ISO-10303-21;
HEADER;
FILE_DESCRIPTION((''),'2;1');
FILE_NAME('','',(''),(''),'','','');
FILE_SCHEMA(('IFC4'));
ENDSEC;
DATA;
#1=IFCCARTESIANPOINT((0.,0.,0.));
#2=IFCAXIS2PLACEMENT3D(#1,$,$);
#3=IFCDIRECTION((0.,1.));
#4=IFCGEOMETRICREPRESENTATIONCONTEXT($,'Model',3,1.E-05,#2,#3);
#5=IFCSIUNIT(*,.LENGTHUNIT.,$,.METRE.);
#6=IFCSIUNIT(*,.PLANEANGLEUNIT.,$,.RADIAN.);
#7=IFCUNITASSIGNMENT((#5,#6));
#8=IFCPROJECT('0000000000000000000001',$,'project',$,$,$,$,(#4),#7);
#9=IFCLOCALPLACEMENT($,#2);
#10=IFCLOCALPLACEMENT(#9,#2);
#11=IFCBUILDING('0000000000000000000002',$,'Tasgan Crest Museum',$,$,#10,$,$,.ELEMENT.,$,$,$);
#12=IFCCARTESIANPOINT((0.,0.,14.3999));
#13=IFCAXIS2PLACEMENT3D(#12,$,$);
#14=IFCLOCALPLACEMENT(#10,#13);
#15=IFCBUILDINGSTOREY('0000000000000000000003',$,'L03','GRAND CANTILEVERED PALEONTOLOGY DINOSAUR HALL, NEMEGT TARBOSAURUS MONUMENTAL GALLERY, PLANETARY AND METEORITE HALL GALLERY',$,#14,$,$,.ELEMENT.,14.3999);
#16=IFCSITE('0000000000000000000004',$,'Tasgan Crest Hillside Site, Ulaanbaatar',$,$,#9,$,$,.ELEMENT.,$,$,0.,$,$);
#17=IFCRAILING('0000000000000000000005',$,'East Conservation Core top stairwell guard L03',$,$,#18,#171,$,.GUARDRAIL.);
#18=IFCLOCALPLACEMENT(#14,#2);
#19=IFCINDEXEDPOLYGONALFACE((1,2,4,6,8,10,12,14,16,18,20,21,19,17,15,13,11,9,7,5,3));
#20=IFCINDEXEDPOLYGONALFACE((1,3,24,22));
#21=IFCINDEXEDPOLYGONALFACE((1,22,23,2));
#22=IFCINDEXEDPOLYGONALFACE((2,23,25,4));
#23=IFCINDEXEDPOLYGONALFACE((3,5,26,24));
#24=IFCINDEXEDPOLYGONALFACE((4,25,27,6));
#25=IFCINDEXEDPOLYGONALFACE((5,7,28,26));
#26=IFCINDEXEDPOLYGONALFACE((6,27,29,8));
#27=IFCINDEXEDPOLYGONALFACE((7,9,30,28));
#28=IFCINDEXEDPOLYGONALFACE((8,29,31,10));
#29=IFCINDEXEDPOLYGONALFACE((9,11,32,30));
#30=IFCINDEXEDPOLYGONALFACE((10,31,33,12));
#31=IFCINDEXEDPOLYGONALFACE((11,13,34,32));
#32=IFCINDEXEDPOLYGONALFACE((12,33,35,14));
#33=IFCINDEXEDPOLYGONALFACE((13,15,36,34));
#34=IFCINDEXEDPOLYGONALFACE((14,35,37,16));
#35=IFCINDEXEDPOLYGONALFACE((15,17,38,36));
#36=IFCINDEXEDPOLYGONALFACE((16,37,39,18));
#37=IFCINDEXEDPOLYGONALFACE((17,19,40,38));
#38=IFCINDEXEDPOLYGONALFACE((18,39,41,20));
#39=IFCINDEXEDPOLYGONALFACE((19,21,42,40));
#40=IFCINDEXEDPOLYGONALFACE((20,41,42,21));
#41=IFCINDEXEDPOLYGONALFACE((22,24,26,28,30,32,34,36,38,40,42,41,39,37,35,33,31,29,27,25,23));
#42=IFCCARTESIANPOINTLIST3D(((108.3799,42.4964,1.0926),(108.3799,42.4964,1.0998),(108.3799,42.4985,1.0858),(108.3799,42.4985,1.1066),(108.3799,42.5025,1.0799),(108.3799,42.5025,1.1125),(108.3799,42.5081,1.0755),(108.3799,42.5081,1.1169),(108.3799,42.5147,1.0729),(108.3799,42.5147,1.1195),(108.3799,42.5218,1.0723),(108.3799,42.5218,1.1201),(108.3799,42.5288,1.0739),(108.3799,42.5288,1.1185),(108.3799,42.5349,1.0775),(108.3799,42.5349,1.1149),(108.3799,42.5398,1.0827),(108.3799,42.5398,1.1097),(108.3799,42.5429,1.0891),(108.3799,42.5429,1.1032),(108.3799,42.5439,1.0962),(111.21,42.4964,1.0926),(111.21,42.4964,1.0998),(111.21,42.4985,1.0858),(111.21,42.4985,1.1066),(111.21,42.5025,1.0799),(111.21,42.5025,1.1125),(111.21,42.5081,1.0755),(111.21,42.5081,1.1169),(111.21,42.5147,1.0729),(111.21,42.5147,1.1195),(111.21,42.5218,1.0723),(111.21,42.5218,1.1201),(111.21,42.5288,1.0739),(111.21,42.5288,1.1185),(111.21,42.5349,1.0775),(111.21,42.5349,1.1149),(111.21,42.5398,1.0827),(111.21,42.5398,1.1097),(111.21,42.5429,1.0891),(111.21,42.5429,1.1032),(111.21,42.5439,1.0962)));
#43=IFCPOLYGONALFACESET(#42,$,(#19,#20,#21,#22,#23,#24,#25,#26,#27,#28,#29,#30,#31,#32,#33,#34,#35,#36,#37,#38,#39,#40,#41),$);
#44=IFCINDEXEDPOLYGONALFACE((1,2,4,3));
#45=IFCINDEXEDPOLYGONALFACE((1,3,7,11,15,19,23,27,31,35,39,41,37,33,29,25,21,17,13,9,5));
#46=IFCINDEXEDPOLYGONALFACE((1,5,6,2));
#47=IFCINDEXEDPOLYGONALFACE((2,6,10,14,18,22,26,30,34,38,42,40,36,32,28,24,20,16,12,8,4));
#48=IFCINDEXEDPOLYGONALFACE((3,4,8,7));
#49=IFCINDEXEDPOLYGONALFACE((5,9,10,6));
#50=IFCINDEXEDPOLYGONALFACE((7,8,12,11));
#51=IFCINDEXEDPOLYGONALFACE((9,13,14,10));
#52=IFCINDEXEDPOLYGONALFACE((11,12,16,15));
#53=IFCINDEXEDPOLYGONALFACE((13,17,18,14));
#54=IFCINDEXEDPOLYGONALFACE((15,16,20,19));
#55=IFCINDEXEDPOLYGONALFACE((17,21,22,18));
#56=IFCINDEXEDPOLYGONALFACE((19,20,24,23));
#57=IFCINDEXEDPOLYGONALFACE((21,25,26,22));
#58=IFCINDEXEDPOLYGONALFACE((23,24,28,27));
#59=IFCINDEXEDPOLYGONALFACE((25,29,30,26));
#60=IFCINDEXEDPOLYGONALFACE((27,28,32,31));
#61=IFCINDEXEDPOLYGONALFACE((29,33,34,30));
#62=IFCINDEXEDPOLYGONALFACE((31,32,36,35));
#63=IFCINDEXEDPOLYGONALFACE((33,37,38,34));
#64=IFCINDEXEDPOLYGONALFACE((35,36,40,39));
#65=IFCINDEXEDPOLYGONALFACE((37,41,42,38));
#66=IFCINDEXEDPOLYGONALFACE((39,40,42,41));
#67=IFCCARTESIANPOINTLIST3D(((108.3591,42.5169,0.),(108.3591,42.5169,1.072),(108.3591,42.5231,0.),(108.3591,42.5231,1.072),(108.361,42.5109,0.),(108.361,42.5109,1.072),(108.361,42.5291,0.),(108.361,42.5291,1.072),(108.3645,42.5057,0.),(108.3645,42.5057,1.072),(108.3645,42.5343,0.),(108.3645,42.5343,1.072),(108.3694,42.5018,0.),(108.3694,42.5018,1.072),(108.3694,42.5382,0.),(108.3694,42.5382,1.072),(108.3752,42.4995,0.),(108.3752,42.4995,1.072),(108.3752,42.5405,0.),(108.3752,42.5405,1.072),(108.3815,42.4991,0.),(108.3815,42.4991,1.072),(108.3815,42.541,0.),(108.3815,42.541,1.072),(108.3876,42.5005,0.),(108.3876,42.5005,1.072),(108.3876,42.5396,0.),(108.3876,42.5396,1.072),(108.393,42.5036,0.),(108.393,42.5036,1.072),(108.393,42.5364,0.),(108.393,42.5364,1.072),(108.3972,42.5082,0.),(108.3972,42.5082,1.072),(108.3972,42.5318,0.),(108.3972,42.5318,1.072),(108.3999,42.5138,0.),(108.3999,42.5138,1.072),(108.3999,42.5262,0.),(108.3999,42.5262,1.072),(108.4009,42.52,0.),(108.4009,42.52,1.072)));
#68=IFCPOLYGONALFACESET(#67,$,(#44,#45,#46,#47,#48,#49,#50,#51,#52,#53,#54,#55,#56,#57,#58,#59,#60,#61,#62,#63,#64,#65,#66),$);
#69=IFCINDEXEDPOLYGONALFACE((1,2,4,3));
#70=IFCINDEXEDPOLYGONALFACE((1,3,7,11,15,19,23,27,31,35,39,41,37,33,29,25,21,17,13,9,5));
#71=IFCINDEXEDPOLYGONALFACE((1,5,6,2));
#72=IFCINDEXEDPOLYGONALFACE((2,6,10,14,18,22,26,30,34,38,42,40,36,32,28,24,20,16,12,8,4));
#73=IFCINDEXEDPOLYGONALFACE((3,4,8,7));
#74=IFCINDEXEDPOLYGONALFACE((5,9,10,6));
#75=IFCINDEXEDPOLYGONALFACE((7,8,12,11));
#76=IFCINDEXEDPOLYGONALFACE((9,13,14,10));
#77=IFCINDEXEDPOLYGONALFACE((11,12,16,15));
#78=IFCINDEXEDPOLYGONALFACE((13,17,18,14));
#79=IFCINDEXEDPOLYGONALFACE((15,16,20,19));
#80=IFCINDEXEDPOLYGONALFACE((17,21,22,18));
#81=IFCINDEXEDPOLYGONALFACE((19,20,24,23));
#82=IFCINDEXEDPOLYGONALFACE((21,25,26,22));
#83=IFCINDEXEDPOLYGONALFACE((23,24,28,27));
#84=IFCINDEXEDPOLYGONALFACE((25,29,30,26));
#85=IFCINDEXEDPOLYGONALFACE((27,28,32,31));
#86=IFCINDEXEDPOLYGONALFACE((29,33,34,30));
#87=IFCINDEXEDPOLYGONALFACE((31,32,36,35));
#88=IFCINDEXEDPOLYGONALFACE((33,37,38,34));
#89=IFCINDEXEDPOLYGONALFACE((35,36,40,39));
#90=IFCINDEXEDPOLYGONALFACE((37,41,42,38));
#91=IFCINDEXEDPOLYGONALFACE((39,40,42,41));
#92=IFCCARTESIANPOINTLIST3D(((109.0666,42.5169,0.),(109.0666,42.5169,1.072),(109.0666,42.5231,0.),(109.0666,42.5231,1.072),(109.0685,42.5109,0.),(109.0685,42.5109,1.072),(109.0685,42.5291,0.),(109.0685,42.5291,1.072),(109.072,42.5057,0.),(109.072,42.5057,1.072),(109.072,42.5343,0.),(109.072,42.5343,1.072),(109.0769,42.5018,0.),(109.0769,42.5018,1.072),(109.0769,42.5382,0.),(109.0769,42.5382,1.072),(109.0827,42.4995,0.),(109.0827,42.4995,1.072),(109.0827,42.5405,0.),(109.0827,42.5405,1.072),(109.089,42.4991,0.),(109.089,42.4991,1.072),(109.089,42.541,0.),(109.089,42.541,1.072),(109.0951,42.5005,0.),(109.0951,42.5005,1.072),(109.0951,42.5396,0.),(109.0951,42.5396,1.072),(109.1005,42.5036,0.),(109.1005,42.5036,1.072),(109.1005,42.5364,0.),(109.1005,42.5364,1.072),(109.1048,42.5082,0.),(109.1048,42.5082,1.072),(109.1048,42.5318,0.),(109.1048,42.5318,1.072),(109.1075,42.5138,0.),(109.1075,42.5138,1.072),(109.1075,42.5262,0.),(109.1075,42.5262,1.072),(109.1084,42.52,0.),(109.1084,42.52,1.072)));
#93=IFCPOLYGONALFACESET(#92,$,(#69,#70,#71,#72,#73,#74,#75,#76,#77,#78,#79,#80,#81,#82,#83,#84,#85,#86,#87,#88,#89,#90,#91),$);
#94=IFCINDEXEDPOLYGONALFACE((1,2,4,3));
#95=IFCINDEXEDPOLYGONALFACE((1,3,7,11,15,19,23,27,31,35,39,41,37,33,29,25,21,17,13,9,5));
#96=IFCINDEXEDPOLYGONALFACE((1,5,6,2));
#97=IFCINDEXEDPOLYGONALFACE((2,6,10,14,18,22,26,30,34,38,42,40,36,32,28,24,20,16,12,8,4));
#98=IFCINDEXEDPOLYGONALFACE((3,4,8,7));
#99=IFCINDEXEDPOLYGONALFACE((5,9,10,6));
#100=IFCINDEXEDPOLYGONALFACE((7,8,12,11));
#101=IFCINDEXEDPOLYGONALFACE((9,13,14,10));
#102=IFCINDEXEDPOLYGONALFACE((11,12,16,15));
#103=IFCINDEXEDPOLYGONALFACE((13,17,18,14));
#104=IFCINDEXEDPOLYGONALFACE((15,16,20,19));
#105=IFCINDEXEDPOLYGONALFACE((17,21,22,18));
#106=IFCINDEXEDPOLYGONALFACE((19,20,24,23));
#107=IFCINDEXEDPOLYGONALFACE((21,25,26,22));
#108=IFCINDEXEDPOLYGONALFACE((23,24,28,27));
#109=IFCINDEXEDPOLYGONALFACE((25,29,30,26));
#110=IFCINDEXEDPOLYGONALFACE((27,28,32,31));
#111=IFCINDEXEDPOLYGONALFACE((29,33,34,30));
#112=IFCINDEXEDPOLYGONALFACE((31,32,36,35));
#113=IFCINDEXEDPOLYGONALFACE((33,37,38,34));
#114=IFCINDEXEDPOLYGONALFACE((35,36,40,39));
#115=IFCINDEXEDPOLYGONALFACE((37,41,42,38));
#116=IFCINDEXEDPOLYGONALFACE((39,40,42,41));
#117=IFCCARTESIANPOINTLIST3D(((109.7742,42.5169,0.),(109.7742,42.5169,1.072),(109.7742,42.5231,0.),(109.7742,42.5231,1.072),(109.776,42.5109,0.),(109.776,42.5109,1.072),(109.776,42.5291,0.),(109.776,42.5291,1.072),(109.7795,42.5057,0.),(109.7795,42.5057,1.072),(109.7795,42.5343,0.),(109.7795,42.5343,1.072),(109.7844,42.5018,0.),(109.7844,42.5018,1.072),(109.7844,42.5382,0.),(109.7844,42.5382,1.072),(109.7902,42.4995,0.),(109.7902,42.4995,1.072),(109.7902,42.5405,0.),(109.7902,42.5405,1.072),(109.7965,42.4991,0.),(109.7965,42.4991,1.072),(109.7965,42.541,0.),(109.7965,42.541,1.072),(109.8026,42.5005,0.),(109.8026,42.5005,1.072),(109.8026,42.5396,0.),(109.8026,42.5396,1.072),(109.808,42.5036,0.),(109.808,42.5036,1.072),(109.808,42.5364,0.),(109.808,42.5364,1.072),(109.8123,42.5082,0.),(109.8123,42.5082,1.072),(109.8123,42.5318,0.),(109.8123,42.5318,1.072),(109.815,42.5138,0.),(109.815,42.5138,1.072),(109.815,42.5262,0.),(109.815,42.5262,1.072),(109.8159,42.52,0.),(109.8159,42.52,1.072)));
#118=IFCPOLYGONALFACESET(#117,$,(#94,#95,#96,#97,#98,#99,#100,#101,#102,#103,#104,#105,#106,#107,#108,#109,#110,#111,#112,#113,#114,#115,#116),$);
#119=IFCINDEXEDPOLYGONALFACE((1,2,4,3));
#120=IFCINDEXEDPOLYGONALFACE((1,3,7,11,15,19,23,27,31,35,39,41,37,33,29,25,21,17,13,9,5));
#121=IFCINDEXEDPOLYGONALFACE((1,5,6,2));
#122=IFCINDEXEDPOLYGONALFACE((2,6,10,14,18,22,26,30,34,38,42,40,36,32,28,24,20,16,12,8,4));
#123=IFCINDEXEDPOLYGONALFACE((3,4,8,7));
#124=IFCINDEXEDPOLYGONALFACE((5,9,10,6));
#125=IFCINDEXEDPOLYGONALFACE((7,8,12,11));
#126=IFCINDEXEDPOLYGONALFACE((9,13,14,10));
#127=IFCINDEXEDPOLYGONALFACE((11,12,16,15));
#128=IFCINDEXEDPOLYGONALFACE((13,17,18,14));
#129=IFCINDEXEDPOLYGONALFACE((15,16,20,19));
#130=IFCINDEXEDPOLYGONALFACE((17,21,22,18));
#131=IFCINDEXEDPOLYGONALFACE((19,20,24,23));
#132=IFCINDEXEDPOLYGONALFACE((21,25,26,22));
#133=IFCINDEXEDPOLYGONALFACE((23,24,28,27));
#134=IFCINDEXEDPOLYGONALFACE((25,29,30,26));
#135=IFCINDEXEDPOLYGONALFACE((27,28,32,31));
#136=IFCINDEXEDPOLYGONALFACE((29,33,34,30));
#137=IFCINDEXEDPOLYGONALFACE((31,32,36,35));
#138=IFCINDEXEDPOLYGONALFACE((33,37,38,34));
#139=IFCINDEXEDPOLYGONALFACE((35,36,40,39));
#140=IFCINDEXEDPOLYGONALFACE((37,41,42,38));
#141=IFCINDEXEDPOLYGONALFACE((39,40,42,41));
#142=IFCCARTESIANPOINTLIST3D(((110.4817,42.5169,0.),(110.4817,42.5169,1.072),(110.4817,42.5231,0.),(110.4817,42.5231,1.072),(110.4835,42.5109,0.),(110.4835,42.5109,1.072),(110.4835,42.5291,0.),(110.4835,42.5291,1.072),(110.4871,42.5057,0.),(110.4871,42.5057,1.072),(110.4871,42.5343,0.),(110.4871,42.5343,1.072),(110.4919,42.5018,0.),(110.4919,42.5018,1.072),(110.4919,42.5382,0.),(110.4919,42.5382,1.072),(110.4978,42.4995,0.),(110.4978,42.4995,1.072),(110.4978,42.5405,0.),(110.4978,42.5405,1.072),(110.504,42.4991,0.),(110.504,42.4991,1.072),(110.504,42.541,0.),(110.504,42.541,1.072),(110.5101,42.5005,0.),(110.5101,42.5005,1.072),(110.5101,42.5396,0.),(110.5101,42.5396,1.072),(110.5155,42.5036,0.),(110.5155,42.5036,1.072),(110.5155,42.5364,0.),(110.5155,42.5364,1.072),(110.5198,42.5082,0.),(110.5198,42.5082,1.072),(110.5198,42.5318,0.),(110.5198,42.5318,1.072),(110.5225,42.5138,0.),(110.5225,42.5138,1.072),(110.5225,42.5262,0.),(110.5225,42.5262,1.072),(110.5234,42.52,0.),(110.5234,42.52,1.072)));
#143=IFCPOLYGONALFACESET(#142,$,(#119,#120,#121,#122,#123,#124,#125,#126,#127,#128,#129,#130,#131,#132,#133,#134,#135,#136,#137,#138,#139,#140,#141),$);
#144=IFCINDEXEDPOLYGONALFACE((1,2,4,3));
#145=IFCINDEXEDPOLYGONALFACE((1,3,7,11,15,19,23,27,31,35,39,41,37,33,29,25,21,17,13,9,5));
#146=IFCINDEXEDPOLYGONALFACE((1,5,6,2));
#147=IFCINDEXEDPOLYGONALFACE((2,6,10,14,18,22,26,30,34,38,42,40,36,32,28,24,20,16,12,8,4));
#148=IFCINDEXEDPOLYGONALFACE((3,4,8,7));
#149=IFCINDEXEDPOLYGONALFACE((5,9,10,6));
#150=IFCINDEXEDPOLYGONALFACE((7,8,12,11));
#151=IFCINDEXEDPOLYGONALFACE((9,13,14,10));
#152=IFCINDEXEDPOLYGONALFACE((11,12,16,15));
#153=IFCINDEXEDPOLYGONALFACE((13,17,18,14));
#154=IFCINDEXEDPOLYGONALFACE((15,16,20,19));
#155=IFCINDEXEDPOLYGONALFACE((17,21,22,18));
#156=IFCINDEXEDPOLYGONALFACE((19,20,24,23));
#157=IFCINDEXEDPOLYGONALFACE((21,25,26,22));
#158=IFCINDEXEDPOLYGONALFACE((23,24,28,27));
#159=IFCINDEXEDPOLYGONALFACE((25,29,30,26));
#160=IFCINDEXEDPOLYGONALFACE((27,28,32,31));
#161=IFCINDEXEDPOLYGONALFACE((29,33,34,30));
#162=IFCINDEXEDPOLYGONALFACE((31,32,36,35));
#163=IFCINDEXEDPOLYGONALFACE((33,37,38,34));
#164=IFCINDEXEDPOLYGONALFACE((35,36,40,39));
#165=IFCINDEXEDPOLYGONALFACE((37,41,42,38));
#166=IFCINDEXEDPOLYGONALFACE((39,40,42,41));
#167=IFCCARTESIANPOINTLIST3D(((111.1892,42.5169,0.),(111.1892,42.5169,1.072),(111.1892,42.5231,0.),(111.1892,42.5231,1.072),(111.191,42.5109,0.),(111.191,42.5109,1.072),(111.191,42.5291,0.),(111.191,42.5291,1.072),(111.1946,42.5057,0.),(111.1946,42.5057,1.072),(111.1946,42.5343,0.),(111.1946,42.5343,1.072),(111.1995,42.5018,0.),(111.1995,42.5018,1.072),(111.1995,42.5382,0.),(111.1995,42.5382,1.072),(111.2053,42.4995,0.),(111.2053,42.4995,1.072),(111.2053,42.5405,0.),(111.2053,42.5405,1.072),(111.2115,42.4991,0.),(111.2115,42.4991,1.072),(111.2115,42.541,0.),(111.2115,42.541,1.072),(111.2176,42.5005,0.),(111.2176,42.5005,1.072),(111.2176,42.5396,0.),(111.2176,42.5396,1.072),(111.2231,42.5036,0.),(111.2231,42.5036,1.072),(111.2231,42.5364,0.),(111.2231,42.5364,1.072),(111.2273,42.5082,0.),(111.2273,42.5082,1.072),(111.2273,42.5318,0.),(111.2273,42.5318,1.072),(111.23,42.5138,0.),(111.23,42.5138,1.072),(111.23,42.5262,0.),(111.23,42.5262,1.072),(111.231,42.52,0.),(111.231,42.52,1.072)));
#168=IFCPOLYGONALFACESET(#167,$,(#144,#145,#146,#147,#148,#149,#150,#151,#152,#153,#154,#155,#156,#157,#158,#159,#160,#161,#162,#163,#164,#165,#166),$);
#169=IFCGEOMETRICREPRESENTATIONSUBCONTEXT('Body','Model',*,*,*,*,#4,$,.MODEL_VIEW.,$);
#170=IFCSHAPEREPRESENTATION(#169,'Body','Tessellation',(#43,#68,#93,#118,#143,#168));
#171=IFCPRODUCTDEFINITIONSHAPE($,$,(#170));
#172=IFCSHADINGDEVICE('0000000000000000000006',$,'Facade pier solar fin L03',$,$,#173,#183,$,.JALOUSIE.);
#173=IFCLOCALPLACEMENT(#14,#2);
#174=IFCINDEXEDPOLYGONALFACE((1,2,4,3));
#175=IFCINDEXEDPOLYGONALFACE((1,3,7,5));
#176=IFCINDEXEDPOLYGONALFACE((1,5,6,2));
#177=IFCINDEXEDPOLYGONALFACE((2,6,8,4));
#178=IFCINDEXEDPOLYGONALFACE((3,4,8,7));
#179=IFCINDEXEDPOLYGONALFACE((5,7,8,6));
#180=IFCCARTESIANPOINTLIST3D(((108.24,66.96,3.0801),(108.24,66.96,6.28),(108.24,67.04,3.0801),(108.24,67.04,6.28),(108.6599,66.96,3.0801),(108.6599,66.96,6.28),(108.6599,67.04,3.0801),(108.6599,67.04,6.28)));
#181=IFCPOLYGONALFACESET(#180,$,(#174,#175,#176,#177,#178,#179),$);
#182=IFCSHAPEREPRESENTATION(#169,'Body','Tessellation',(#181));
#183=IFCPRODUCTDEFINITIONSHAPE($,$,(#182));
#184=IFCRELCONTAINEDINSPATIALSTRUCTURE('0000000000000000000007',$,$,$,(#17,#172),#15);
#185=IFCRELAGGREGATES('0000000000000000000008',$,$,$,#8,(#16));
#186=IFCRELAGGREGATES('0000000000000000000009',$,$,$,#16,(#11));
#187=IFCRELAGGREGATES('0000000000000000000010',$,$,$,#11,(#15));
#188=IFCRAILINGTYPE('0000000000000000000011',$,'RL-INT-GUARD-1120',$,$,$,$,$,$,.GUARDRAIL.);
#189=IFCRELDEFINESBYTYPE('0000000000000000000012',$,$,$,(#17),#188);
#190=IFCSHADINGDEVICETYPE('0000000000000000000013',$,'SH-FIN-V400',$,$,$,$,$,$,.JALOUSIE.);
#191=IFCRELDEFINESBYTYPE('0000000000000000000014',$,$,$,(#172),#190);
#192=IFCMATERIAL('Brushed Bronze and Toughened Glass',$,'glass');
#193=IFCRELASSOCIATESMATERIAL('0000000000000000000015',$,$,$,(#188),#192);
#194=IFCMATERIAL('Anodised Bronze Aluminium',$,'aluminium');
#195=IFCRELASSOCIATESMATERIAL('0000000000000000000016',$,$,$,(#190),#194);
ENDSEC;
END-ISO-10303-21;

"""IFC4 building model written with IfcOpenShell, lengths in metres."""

from ifc_helpers import new_model, si_unit, direction, frame, origin, origin_2d, place, context, subcontext, project, spatial, rectangle, circle, extrude, material, type_object, element, save


model = new_model("IFC4")

# Units and contexts
model_context = context("Model", 3, precision=1e-05, world=origin(), true_north=direction((0.0, 1.0)))
body_context = subcontext(model_context, "Body", "Model", "MODEL_VIEW")
ifc_project = project(units=[si_unit("LENGTHUNIT", "METRE"), si_unit("PLANEANGLEUNIT", "RADIAN")], contexts=[model_context])

# Site, building, storey
site_placement = place(None, origin())
site = spatial("IfcSite", under=ifc_project, at=site_placement, Name="Tasgan Crest Hillside Site, Ulaanbaatar", CompositionType="ELEMENT", RefElevation=0.0)
building_placement = place(site_placement, origin())
building = spatial("IfcBuilding", under=site, at=building_placement, Name="Tasgan Crest Museum", CompositionType="ELEMENT")
storey_placement = place(building_placement, frame((0.0, 0.0, 14.3999)))
storey = spatial("IfcBuildingStorey", under=building, at=storey_placement, Name="L03", Description="GRAND CANTILEVERED PALEONTOLOGY DINOSAUR HALL, NEMEGT TARBOSAURUS MONUMENTAL GALLERY, PLANETARY AND METEORITE HALL GALLERY", CompositionType="ELEMENT", Elevation=14.3999)

# Railing
ifc_material_1 = material(Name="Brushed Bronze and Toughened Glass", Category="glass")
railing_type = type_object("IfcRailingType", Name="RL-INT-GUARD-1120", PredefinedType="GUARDRAIL", material=ifc_material_1)
railing_placement = place(storey_placement, frame((108.3799, 42.52, 0.0)))
element("IfcRailing", 1, at=railing_placement, inside=storey, type_object=railing_type, Name="East Conservation Core top stairwell guard L03", PredefinedType="GUARDRAIL", context=body_context, shape_type="SweptSolid", body=[
    extrude(circle(Radius=0.0239, at=origin_2d()), frame((0.0, 0.0, 1.0962), z_axis=(1.0, 0.0, 0.0), x_axis=(0.0, 1.0, 0.0)), (0.0, 0.0, 1.0), 2.8301),
    extrude(circle(Radius=0.021, at=origin_2d()), origin(), (0.0, 0.0, 1.0), 1.072),
    extrude(circle(Radius=0.021, at=origin_2d()), frame((0.7075, 0.0, 0.0)), (0.0, 0.0, 1.0), 1.072),
    extrude(circle(Radius=0.021, at=origin_2d()), frame((1.415, 0.0, 0.0)), (0.0, 0.0, 1.0), 1.072),
    extrude(circle(Radius=0.021, at=origin_2d()), frame((2.1226, 0.0, 0.0)), (0.0, 0.0, 1.0), 1.072),
    extrude(circle(Radius=0.021, at=origin_2d()), frame((2.8301, 0.0, 0.0)), (0.0, 0.0, 1.0), 1.072),
])

# Shading device
ifc_material_2 = material(Name="Anodised Bronze Aluminium", Category="aluminium")
shading_device_type = type_object("IfcShadingDeviceType", Name="SH-FIN-V400", PredefinedType="JALOUSIE", material=ifc_material_2)
shading_device_placement = place(storey_placement, frame((108.45, 67.0, 3.0801), z_axis=(0.0, 0.0, 1.0), x_axis=(0.0, 1.0, 0.0)))
element("IfcShadingDevice", 2, at=shading_device_placement, inside=storey, type_object=shading_device_type, Name="Facade pier solar fin L03", PredefinedType="JALOUSIE", context=body_context, shape_type="SweptSolid", body=[
    extrude(rectangle(XDim=0.0801, YDim=0.4199, at=origin_2d()), origin(), (0.0, 0.0, 1.0), 3.2),
])

save(model, "model.ifc")
